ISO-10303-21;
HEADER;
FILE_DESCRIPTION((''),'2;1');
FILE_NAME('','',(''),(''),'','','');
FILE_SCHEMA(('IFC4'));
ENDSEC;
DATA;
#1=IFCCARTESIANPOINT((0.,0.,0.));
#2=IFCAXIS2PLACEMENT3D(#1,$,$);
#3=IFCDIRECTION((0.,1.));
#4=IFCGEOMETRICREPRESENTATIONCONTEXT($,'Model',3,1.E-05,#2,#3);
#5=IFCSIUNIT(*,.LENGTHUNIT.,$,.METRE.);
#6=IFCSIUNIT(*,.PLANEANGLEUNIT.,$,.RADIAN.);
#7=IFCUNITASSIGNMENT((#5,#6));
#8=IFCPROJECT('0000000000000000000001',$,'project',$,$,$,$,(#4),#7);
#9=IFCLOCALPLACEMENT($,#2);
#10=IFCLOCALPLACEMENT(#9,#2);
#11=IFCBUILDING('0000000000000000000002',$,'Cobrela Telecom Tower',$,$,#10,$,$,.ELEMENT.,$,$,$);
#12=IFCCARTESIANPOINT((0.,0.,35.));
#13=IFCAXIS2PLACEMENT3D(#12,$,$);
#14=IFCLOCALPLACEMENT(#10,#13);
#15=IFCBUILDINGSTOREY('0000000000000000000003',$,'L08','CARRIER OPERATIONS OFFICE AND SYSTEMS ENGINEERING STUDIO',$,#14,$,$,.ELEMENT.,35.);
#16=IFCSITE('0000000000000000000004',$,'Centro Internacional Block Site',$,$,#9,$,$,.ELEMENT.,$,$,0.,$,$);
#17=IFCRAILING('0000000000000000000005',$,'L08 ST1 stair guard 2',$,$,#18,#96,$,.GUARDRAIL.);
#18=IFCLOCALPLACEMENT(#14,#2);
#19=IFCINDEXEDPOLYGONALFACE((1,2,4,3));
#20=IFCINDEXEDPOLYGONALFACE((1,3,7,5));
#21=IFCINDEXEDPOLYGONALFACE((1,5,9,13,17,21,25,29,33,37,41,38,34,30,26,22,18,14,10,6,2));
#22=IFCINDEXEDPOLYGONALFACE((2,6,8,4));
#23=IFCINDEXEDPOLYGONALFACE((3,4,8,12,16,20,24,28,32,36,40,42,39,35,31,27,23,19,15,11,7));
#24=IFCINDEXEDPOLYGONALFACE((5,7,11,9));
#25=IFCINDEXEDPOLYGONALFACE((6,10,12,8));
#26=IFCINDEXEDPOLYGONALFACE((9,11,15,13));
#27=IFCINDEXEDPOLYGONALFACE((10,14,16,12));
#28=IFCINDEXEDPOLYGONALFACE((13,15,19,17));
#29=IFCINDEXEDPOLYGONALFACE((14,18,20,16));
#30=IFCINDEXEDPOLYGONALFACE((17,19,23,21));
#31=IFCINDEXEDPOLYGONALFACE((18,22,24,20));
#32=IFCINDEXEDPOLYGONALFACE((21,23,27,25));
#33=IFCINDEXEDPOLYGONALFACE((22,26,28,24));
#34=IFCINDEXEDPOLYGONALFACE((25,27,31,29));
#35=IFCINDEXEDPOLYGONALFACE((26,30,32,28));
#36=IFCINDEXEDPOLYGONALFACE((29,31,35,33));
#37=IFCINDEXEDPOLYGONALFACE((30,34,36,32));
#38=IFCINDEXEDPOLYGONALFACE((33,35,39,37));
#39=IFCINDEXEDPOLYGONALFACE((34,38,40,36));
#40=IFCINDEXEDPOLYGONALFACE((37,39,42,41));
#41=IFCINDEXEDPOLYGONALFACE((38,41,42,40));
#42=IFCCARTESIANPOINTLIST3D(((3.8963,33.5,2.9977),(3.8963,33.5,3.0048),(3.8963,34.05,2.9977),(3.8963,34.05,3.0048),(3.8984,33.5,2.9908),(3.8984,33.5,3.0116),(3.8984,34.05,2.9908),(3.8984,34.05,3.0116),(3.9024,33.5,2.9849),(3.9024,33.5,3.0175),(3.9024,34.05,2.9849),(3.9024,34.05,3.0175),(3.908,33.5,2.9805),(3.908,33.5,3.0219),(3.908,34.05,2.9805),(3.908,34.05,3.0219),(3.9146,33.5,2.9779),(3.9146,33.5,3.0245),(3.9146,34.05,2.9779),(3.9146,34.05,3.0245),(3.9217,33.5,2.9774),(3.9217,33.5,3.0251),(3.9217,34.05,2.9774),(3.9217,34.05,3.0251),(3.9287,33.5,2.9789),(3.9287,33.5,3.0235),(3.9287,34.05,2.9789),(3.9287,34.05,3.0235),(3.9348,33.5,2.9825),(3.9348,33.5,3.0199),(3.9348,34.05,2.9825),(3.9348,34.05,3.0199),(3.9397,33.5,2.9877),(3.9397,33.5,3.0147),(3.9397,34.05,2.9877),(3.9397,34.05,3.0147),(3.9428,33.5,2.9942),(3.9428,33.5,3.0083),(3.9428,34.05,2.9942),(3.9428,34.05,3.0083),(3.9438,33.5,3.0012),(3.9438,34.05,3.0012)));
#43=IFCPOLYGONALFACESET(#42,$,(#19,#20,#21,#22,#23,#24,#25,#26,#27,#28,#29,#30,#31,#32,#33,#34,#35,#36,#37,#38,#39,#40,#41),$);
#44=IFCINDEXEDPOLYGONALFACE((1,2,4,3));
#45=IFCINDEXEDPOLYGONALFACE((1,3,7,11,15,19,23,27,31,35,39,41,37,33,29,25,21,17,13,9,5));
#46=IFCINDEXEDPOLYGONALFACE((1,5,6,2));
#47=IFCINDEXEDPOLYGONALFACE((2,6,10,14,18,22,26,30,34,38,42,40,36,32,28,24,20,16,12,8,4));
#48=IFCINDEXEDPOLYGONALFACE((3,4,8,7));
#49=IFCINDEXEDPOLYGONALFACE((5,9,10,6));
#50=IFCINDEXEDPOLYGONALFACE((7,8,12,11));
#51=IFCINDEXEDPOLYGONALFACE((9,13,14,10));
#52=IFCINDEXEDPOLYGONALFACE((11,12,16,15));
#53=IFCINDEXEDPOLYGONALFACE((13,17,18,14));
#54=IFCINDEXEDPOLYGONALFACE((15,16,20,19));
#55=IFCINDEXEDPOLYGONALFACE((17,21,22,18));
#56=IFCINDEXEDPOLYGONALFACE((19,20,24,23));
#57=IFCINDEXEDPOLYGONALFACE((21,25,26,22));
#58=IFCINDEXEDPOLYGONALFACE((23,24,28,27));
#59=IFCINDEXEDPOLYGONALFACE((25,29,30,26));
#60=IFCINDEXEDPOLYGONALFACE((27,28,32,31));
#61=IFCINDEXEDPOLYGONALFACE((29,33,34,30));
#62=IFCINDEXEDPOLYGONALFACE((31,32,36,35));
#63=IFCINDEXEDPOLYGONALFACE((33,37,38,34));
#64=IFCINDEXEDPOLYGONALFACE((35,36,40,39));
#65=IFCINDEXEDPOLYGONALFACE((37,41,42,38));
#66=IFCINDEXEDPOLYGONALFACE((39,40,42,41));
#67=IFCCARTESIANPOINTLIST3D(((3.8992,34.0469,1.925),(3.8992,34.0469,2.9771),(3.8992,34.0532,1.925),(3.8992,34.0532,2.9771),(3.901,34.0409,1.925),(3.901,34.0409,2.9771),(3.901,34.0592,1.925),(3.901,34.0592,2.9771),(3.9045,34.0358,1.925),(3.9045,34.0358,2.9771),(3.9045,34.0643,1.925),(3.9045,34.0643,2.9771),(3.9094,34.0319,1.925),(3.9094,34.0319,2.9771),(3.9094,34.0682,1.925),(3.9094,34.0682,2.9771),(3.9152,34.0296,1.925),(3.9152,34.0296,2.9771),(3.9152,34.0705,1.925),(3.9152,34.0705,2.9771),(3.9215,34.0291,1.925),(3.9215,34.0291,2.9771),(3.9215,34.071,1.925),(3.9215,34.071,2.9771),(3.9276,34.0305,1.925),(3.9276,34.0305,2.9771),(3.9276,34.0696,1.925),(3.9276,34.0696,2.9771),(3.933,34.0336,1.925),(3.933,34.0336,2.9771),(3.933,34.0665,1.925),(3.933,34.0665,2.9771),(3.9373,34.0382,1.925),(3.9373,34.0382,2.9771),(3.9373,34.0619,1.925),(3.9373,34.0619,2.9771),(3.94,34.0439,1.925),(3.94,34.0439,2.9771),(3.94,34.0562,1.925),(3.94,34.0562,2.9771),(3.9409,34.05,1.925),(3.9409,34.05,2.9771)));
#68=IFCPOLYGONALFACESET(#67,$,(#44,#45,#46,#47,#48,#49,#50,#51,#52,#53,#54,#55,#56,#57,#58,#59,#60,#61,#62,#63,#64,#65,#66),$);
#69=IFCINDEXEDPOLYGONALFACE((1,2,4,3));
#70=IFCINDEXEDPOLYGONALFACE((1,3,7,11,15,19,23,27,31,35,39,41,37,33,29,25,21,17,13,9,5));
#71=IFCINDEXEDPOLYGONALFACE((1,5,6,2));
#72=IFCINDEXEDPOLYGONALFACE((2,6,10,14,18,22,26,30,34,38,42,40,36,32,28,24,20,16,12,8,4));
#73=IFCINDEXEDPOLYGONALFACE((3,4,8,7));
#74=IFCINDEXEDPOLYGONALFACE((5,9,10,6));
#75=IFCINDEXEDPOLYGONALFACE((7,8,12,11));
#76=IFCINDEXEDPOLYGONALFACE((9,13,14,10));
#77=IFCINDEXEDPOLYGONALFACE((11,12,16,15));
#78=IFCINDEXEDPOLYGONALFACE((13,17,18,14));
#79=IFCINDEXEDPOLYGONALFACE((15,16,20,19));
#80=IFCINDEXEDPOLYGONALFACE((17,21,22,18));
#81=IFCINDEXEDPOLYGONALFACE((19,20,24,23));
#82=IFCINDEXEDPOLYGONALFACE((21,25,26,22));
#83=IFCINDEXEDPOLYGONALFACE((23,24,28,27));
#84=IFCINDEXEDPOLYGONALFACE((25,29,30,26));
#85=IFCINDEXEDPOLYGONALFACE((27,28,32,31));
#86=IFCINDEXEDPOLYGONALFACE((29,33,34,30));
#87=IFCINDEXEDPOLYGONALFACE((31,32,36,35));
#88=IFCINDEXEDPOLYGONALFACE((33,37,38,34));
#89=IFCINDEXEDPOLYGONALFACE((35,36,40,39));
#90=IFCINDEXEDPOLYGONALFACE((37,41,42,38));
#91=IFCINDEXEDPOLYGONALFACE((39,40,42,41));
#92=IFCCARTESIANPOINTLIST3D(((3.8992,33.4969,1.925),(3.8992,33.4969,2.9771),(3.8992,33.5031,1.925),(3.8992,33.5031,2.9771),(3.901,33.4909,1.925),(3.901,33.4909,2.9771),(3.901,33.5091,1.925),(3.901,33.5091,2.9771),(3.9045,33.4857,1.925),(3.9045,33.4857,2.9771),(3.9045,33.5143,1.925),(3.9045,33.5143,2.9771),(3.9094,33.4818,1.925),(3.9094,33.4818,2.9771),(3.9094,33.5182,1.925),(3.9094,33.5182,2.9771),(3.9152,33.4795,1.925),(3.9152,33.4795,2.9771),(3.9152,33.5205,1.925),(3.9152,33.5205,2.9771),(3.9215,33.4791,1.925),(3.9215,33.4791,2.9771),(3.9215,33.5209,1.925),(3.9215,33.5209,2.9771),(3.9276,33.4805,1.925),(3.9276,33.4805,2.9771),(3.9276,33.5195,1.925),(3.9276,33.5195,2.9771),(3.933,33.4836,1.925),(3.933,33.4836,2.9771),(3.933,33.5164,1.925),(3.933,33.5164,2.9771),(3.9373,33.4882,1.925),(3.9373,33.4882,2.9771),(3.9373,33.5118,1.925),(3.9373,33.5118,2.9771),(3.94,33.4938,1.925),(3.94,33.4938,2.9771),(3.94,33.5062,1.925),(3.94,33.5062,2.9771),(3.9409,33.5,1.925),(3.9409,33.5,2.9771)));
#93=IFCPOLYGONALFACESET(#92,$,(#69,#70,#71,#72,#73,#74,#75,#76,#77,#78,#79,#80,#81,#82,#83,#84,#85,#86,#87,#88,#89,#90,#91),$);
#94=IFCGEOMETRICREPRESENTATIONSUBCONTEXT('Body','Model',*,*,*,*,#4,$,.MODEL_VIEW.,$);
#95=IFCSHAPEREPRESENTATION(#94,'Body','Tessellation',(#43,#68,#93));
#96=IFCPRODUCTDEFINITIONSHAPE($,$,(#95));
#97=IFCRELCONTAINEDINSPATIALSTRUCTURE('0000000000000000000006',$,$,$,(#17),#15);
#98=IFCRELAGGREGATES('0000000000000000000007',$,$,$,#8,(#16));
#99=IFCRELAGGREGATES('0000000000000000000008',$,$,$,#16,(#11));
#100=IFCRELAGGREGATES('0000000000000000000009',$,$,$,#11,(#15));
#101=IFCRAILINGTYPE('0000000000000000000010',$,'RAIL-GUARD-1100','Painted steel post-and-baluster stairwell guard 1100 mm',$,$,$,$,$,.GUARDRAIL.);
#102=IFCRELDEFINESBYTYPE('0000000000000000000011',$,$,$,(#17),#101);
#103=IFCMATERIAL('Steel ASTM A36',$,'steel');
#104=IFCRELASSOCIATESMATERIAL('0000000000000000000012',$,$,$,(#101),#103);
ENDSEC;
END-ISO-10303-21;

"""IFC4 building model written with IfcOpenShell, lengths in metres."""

from ifc_helpers import new_model, si_unit, direction, frame, origin, origin_2d, place, context, subcontext, project, spatial, circle, extrude, material, type_object, element, save


model = new_model("IFC4")

# Units and contexts
model_context = context("Model", 3, precision=1e-05, world=origin(), true_north=direction((0.0, 1.0)))
body_context = subcontext(model_context, "Body", "Model", "MODEL_VIEW")
ifc_project = project(units=[si_unit("LENGTHUNIT", "METRE"), si_unit("PLANEANGLEUNIT", "RADIAN")], contexts=[model_context])

# Site, building, storey
site_placement = place(None, origin())
site = spatial("IfcSite", under=ifc_project, at=site_placement, Name="Centro Internacional Block Site", CompositionType="ELEMENT", RefElevation=0.0)
building_placement = place(site_placement, origin())
building = spatial("IfcBuilding", under=site, at=building_placement, Name="Cobrela Telecom Tower", CompositionType="ELEMENT")
storey_placement = place(building_placement, frame((0.0, 0.0, 35.0)))
storey = spatial("IfcBuildingStorey", under=building, at=storey_placement, Name="L08", Description="CARRIER OPERATIONS OFFICE AND SYSTEMS ENGINEERING STUDIO", CompositionType="ELEMENT", Elevation=35.0)

# Shared definitions
ifc_material_1 = material(Name="Steel ASTM A36", Category="steel")

# Railing
railing_type_1 = type_object("IfcRailingType", Name="RAIL-GUARD-1100", Description="Painted steel post-and-baluster stairwell guard 1100 mm", PredefinedType="GUARDRAIL", material=ifc_material_1)
railing_1_placement = place(storey_placement, frame((3.9199, 34.05, 1.925)))
element("IfcRailing", 1, at=railing_1_placement, inside=storey, type_object=railing_type_1, Name="L08 ST1 stair guard 2", PredefinedType="GUARDRAIL", context=body_context, shape_type="SweptSolid", body=[
    extrude(circle(Radius=0.0239, at=origin_2d()), frame((0.0, 0.0, 1.0762), z_axis=(0.0, -1.0, 0.0), x_axis=(1.0, 0.0, 0.0)), (0.0, 0.0, 1.0), 0.55),
    extrude(circle(Radius=0.021, at=origin_2d()), origin(), (0.0, 0.0, 1.0), 1.052),
    extrude(circle(Radius=0.021, at=origin_2d()), frame((0.0, -0.55, 0.0)), (0.0, 0.0, 1.0), 1.052),
])

save(model, "model.ifc")
